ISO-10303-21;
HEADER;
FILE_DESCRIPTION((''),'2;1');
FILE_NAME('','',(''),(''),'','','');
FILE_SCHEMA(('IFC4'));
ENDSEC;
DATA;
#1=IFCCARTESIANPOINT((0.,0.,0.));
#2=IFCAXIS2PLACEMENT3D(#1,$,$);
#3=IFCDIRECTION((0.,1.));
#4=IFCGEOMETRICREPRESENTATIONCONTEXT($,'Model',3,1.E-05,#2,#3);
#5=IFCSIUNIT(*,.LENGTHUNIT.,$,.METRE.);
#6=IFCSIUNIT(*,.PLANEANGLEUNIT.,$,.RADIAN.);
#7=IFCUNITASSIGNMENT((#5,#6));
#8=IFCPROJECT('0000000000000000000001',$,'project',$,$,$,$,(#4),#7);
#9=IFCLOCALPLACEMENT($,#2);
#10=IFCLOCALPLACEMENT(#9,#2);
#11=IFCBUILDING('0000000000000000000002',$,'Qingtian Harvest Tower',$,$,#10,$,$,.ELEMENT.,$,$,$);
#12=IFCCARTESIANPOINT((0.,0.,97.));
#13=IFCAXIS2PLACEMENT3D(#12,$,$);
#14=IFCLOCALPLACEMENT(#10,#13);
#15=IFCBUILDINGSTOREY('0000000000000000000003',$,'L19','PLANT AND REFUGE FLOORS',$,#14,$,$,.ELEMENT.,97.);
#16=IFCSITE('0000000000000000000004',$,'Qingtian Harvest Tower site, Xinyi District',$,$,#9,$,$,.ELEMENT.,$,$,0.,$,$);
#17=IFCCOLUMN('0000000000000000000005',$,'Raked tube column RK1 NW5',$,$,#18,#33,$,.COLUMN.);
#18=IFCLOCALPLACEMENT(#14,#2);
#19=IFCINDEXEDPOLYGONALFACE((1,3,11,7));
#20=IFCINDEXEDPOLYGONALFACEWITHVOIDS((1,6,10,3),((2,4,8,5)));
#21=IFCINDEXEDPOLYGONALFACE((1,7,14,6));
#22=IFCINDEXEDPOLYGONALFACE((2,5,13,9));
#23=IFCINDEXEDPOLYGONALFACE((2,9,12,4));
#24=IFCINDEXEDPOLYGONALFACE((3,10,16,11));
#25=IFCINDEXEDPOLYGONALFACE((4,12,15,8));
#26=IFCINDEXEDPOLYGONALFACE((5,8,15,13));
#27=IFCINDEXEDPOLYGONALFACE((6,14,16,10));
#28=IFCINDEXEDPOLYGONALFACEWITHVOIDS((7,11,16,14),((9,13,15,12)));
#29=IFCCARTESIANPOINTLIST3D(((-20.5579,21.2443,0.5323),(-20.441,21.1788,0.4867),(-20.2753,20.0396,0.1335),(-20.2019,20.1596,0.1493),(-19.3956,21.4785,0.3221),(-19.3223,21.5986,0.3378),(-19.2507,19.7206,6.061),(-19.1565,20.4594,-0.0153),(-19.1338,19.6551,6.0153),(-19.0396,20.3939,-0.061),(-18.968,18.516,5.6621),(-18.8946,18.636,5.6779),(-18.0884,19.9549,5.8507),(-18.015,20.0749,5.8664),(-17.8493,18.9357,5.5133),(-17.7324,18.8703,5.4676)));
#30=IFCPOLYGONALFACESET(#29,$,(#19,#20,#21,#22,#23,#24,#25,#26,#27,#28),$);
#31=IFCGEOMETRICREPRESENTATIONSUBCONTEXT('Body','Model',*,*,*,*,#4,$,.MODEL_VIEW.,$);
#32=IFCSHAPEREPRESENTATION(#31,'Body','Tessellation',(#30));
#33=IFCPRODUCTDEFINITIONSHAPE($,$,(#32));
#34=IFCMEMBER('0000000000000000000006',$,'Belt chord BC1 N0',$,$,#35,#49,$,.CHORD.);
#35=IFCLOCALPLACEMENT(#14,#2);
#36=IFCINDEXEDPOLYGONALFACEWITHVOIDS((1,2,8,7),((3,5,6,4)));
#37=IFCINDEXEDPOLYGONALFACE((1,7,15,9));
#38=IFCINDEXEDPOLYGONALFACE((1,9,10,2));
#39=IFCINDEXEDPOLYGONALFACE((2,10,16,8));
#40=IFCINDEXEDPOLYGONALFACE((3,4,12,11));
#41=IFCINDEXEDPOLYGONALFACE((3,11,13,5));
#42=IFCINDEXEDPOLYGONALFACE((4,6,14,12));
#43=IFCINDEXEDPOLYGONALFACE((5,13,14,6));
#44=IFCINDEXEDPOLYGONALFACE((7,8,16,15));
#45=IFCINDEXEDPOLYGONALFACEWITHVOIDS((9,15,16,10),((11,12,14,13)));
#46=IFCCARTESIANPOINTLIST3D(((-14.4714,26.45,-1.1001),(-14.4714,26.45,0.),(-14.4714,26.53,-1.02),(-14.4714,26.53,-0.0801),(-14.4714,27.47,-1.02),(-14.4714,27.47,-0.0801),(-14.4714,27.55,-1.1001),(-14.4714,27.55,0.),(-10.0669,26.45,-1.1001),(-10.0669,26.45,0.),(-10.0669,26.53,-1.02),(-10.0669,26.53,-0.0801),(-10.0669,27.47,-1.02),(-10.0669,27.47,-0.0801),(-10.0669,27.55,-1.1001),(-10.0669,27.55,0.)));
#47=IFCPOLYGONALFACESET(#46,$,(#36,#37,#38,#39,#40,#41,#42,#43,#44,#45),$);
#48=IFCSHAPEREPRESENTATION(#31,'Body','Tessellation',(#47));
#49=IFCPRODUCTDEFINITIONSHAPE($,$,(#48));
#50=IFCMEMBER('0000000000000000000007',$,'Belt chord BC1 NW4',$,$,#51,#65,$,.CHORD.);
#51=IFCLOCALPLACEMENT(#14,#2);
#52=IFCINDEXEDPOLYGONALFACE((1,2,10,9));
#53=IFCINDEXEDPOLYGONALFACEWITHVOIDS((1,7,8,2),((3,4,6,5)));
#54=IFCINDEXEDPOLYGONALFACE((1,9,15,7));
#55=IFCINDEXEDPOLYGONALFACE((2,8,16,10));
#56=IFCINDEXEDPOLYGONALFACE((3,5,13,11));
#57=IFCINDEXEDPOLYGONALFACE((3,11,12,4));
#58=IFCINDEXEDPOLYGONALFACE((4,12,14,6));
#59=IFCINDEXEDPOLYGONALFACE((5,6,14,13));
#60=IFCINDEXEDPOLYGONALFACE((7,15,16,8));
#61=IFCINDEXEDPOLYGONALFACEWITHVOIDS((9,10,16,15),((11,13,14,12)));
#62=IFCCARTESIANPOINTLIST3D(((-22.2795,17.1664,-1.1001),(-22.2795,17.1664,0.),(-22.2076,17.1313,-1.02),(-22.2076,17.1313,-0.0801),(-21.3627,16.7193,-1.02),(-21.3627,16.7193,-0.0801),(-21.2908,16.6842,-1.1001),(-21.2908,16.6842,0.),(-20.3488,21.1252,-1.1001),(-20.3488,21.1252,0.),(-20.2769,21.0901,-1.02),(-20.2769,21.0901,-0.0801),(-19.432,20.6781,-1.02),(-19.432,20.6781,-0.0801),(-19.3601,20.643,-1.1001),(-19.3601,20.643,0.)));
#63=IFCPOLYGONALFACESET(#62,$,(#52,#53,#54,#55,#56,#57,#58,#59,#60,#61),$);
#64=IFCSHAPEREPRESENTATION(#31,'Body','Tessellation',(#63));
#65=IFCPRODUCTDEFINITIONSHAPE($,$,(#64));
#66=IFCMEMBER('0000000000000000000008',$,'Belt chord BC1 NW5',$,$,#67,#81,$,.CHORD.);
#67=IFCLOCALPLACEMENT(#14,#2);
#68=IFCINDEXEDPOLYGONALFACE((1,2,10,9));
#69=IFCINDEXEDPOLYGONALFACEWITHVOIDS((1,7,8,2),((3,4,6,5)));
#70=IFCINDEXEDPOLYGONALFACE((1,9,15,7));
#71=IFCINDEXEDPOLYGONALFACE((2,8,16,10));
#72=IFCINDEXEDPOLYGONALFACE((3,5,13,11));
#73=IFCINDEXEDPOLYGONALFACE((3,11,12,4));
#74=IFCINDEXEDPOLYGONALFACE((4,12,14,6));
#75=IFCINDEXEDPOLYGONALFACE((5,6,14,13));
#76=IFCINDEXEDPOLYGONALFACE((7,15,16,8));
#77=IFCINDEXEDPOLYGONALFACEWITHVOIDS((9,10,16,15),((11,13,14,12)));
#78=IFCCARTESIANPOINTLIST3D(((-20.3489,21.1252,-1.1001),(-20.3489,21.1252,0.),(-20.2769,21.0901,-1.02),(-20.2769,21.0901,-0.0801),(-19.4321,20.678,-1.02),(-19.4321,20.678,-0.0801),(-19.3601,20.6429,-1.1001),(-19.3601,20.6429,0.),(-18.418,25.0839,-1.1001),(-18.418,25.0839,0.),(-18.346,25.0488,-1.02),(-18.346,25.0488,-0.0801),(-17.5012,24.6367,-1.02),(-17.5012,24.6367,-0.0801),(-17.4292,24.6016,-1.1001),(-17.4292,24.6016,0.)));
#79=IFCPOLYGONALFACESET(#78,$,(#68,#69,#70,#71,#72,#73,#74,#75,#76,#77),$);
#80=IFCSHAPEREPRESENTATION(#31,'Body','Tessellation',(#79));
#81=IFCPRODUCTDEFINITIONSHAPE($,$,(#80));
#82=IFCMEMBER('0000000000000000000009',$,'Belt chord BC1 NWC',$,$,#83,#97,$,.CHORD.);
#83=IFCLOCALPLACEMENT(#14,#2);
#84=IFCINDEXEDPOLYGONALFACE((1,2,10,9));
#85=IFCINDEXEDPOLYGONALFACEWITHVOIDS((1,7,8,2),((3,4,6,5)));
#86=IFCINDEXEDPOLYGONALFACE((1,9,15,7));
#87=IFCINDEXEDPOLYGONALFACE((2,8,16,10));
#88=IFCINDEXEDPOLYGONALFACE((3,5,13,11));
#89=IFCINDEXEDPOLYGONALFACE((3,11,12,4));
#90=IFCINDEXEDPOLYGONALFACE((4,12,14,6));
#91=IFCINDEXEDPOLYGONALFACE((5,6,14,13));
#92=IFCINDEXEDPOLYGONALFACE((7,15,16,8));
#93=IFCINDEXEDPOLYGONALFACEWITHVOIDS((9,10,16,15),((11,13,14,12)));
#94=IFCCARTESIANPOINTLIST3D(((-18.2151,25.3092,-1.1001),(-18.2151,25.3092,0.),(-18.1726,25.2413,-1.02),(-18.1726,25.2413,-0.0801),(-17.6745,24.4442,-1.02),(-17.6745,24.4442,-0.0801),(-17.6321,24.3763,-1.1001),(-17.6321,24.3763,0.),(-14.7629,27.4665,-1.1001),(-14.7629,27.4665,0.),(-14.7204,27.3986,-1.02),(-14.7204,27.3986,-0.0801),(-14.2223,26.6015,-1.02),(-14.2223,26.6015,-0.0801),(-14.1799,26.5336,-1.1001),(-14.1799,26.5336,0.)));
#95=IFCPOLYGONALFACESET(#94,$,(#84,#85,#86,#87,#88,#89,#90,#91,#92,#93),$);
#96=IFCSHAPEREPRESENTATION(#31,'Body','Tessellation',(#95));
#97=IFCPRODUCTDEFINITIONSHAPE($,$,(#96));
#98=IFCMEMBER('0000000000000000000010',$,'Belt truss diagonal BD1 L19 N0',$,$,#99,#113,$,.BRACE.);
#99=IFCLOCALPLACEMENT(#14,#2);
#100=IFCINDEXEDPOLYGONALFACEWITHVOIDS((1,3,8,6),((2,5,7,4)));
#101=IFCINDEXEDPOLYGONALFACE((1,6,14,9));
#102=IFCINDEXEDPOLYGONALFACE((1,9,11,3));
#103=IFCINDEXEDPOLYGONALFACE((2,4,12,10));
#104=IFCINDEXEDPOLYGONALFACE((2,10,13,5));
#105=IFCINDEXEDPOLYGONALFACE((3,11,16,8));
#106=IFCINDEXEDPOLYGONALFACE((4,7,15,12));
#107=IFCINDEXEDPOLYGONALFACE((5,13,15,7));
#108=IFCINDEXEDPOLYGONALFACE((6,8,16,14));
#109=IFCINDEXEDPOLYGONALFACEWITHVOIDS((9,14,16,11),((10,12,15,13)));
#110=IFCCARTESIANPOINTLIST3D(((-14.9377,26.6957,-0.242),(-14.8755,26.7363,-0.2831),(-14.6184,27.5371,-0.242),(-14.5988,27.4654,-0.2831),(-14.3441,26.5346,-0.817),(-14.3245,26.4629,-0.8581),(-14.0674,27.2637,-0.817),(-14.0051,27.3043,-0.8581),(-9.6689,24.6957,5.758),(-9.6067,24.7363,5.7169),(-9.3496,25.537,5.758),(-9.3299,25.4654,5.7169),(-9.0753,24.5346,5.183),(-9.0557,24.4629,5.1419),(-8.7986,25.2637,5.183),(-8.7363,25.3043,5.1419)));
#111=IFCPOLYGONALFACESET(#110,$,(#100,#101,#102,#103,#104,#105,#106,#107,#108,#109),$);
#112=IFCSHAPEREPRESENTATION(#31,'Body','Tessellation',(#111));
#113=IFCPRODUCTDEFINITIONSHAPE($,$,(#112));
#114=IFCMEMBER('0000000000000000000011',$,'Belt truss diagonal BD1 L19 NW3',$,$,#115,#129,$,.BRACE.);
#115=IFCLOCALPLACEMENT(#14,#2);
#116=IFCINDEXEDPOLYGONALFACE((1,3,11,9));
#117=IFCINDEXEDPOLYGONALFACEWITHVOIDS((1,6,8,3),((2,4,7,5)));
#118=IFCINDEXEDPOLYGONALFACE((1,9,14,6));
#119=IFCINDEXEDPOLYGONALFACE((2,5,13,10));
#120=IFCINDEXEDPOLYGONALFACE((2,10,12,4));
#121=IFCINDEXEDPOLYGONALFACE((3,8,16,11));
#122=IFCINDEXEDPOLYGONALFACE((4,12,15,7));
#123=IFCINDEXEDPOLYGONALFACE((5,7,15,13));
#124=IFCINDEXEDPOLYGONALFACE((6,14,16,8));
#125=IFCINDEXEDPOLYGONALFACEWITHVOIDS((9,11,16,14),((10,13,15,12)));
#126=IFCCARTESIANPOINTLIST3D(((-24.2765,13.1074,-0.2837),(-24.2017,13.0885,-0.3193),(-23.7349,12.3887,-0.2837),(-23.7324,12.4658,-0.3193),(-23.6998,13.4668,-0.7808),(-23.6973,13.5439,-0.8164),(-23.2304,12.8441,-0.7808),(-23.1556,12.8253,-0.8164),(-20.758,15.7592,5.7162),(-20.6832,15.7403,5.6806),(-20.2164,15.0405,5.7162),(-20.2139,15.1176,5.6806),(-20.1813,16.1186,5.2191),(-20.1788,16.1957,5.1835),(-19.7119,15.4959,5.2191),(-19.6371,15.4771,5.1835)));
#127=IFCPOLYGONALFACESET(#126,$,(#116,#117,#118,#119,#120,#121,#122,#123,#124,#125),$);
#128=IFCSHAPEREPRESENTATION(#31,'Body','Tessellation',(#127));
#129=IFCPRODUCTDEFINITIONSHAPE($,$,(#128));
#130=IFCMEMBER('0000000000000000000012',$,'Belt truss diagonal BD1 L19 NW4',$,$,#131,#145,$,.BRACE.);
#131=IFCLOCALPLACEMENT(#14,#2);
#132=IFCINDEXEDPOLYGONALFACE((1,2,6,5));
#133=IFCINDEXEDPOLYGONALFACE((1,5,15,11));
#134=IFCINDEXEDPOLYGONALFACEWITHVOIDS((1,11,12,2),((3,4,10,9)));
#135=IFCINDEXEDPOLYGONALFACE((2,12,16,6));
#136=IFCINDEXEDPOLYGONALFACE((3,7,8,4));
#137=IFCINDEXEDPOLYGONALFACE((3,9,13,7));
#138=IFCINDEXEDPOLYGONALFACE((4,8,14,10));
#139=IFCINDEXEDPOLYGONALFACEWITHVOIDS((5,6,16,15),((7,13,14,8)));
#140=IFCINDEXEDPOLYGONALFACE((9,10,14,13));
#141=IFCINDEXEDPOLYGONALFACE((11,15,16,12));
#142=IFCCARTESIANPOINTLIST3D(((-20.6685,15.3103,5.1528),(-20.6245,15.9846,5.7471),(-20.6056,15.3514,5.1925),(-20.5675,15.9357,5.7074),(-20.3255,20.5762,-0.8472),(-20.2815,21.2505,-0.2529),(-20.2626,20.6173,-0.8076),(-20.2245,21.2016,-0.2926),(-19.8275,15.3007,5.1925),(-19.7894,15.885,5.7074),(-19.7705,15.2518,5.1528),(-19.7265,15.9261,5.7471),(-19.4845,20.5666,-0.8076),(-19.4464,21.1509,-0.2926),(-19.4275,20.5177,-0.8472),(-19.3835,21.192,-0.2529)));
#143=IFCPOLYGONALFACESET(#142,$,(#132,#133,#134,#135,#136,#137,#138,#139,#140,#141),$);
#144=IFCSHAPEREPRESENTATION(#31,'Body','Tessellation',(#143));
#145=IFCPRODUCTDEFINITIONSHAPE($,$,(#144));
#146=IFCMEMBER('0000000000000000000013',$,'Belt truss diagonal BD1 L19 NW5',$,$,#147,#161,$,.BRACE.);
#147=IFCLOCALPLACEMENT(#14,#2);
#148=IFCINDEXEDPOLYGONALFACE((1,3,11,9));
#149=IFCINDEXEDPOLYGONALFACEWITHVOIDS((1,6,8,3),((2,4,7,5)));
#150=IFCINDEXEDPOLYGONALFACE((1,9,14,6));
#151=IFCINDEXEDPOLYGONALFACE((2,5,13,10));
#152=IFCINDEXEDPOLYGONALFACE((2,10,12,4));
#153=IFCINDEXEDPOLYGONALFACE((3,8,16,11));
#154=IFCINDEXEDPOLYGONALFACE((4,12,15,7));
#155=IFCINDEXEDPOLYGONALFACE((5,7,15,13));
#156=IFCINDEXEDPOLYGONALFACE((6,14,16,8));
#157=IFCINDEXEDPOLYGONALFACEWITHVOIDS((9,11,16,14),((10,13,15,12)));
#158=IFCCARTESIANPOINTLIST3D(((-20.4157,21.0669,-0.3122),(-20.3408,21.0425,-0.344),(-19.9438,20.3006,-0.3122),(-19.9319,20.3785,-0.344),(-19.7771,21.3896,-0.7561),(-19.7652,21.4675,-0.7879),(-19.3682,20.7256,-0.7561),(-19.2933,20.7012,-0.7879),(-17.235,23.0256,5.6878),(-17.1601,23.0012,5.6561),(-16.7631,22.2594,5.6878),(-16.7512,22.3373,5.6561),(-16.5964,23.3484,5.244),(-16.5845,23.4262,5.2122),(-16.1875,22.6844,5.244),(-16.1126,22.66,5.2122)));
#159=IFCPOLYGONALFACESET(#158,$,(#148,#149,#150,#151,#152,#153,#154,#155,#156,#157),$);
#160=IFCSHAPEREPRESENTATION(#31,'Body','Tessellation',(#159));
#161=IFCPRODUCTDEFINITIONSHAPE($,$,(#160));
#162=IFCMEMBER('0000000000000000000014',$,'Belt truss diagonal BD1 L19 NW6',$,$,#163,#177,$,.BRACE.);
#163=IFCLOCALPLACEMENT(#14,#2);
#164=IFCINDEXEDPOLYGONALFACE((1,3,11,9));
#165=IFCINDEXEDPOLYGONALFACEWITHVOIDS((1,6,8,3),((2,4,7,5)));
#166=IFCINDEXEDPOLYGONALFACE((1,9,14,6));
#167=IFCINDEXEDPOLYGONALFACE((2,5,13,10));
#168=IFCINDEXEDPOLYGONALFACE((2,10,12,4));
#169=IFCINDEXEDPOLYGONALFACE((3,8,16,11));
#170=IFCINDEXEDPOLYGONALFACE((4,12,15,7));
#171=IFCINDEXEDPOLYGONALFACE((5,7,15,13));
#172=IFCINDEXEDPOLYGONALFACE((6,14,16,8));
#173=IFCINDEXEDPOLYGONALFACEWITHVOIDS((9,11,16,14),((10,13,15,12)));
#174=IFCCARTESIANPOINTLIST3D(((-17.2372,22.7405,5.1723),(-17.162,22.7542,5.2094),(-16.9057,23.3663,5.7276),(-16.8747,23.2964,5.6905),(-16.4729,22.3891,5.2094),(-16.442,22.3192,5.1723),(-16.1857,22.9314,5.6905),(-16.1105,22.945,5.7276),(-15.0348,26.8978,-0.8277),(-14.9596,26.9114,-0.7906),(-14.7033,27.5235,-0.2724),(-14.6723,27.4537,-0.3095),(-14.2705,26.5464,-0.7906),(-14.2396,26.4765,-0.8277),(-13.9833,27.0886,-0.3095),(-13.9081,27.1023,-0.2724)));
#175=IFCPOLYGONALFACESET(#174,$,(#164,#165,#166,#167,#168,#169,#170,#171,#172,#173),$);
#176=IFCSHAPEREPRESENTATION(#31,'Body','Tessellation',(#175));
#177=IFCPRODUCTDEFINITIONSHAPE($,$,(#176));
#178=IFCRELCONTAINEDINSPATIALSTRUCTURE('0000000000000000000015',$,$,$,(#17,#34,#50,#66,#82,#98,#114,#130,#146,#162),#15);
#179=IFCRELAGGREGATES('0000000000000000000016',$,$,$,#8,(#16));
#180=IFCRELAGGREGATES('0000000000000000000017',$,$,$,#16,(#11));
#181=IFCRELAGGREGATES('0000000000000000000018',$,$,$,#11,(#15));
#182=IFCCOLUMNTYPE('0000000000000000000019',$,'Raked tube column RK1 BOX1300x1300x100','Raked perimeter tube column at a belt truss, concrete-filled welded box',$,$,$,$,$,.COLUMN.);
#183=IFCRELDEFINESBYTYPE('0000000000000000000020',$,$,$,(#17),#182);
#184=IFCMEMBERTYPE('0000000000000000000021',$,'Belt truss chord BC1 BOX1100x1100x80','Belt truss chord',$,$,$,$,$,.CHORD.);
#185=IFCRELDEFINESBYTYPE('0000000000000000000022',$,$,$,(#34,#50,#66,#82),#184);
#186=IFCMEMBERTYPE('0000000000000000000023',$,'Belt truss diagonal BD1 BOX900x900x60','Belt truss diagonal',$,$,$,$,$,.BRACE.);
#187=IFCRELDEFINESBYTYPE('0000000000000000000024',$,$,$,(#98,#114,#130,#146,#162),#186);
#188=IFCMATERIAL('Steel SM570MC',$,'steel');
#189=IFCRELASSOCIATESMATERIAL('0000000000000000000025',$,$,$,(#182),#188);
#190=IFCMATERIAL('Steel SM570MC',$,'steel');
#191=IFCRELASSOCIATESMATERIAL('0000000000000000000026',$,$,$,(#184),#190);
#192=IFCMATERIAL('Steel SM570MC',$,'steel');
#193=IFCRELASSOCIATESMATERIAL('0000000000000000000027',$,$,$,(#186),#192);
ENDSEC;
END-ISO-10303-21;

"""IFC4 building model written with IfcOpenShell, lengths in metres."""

from ifc_helpers import new_model, si_unit, direction, frame, origin, origin_2d, place, context, subcontext, project, spatial, hollow_rectangle, extrude, clip, halfspace, material, material_profile, profile_set, type_object, element, save


model = new_model("IFC4")

# Units and contexts
model_context = context("Model", 3, precision=1e-05, world=origin(), true_north=direction((0.0, 1.0)))
body_context = subcontext(model_context, "Body", "Model", "MODEL_VIEW")
ifc_project = project(units=[si_unit("LENGTHUNIT", "METRE"), si_unit("PLANEANGLEUNIT", "RADIAN")], contexts=[model_context])

# Site, building, storey
site_placement = place(None, origin())
site = spatial("IfcSite", under=ifc_project, at=site_placement, Name="Qingtian Harvest Tower site, Xinyi District", CompositionType="ELEMENT", RefElevation=0.0)
building_placement = place(site_placement, origin())
building = spatial("IfcBuilding", under=site, at=building_placement, Name="Qingtian Harvest Tower", CompositionType="ELEMENT")
storey_placement = place(building_placement, frame((0.0, 0.0, 97.0)))
storey = spatial("IfcBuildingStorey", under=building, at=storey_placement, Name="L19", Description="PLANT AND REFUGE FLOORS", CompositionType="ELEMENT", Elevation=97.0)

# Column
ifc_material_1 = material(Name="Steel SM570MC", Category="steel")
ifc_material_profile_1 = material_profile(ifc_material_1, hollow_rectangle(XDim=1.3, YDim=1.3, WallThickness=0.1001, at=origin_2d()), Name="BOX1300x1300x100")
ifc_profile_set_1 = profile_set([ifc_material_profile_1], Name="Steel SM570MC")
column_type = type_object("IfcColumnType", Name="Raked tube column RK1 BOX1300x1300x100", Description="Raked perimeter tube column at a belt truss, concrete-filled welded box", PredefinedType="COLUMN", material=ifc_profile_set_1)
column_1_placement = place(storey_placement, frame((-19.8545, 20.884, 0.0), z_axis=(0.222251, -0.259044, 0.939947), x_axis=(0.217404, -0.92662, -0.306776)))
element("IfcColumn", 1, at=column_1_placement, inside=storey, type_object=column_type, Name="Raked tube column RK1 NW5", PredefinedType="COLUMN", context=body_context, shape_type="Clipping", body=[
    clip(clip(extrude(hollow_rectangle(XDim=1.3, YDim=1.3, WallThickness=0.1001, at=origin_2d()), origin(), (0.0, 0.0, 1.0), 6.3833), halfspace(frame((0.0, 0.0, 0.2507), z_axis=(0.0, 0.0, -1.0), x_axis=(0.0, -1.0, 0.0)), False)), halfspace(frame((0.0, 0.0, 6.1326), z_axis=(0.0, 0.0, 1.0), x_axis=(0.0, 1.0, 0.0)), False)),
])

# Members
ifc_material_2 = material(Name="Steel SM570MC", Category="steel")
ifc_material_profile_2 = material_profile(ifc_material_2, hollow_rectangle(XDim=1.1001, YDim=1.1001, WallThickness=0.0801, at=origin_2d()), Name="BOX1100x1100x80")
ifc_profile_set_2 = profile_set([ifc_material_profile_2], Name="Steel SM570MC")
member_type_1 = type_object("IfcMemberType", Name="Belt truss chord BC1 BOX1100x1100x80", Description="Belt truss chord", PredefinedType="CHORD", material=ifc_profile_set_2)
for number, where, z_axis, x_axis, name in (
    (2, (-14.4714, 27.0, -0.55), (1.0, 0.0, 0.0), (0.0, 1.0, 0.0), "Belt chord BC1 N0"),
    (3, (-21.7852, 16.9253, -0.55), (0.438345, 0.898807, 0.0), (-0.898807, 0.438345, 0.0), "Belt chord BC1 NW4"),
    (4, (-19.8545, 20.884, -0.55), (0.43839, 0.898785, 0.0), (-0.898785, 0.43839, 0.0), "Belt chord BC1 NW5"),
):
    element("IfcMember", number, at=place(storey_placement, frame(where, z_axis=z_axis, x_axis=x_axis)), inside=storey, type_object=member_type_1, Name=name, PredefinedType="CHORD", context=body_context, shape_type="SweptSolid", body=[
        extrude(hollow_rectangle(XDim=1.1001, YDim=1.1001, WallThickness=0.0801, at=origin_2d()), origin(), (0.0, 0.0, 1.0), 4.4045),
    ])
member_1_placement = place(storey_placement, frame((-17.9236, 24.8428, -0.55), z_axis=(0.848039, 0.529934, 0.0), x_axis=(-0.529934, 0.848039, 0.0)))
element("IfcMember", 5, at=member_1_placement, inside=storey, type_object=member_type_1, Name="Belt chord BC1 NWC", PredefinedType="CHORD", context=body_context, shape_type="SweptSolid", body=[
    extrude(hollow_rectangle(XDim=1.1001, YDim=1.1001, WallThickness=0.0801, at=origin_2d()), origin(), (0.0, 0.0, 1.0), 4.0708),
])
ifc_material_3 = material(Name="Steel SM570MC", Category="steel")
ifc_material_profile_3 = material_profile(ifc_material_3, hollow_rectangle(XDim=0.8999, YDim=0.8999, WallThickness=0.0601, at=origin_2d()), Name="BOX900x900x60")
ifc_profile_set_3 = profile_set([ifc_material_profile_3], Name="Steel SM570MC")
member_type_2 = type_object("IfcMemberType", Name="Belt truss diagonal BD1 BOX900x900x60", Description="Belt truss diagonal", PredefinedType="BRACE", material=ifc_profile_set_3)
member_2_placement = place(storey_placement, frame((-14.4714, 27.0, -0.55), z_axis=(0.640065, -0.242964, 0.728893), x_axis=(0.354885, 0.93491, 0.0)))
element("IfcMember", 6, at=member_2_placement, inside=storey, type_object=member_type_2, Name="Belt truss diagonal BD1 L19 N0", PredefinedType="BRACE", context=body_context, shape_type="SweptSolid", body=[
    extrude(hollow_rectangle(XDim=0.8999, YDim=0.8999, WallThickness=0.0601, at=origin_2d()), origin(), (0.0, 0.0, 1.0), 8.2317),
])
member_3_placement = place(storey_placement, frame((-23.7161, 12.9663, -0.55), z_axis=(0.472672, 0.356242, 0.806022), x_axis=(-0.601878, 0.798588, 0.0)))
element("IfcMember", 7, at=member_3_placement, inside=storey, type_object=member_type_2, Name="Belt truss diagonal BD1 L19 NW3", PredefinedType="BRACE", context=body_context, shape_type="SweptSolid", body=[
    extrude(hollow_rectangle(XDim=0.8999, YDim=0.8999, WallThickness=0.0601, at=origin_2d()), origin(), (0.0, 0.0, 1.0), 7.4438),
])
member_4_placement = place(storey_placement, frame((-20.1975, 15.6182, 5.45), z_axis=(0.042929, 0.659022, -0.750898), x_axis=(-0.997885, 0.065002, 0.0)))
element("IfcMember", 8, at=member_4_placement, inside=storey, type_object=member_type_2, Name="Belt truss diagonal BD1 L19 NW4", PredefinedType="BRACE", context=body_context, shape_type="SweptSolid", body=[
    extrude(hollow_rectangle(XDim=0.8999, YDim=0.8999, WallThickness=0.0601, at=origin_2d()), origin(), (0.0, 0.0, 1.0), 7.9905),
])
member_5_placement = place(storey_placement, frame((-19.8545, 20.884, -0.55), z_axis=(0.450024, 0.277137, 0.848925), x_axis=(-0.524371, 0.85149, 0.0)))
element("IfcMember", 9, at=member_5_placement, inside=storey, type_object=member_type_2, Name="Belt truss diagonal BD1 L19 NW5", PredefinedType="BRACE", context=body_context, shape_type="SweptSolid", body=[
    extrude(hollow_rectangle(XDim=0.8999, YDim=0.8999, WallThickness=0.0601, at=origin_2d()), origin(), (0.0, 0.0, 1.0), 7.0679),
])
member_6_placement = place(storey_placement, frame((-16.6738, 22.8428, 5.45), z_axis=(0.288857, 0.545245, -0.786936), x_axis=(-0.883655, 0.468138, 0.0)))
element("IfcMember", 10, at=member_6_placement, inside=storey, type_object=member_type_2, Name="Belt truss diagonal BD1 L19 NW6", PredefinedType="BRACE", context=body_context, shape_type="SweptSolid", body=[
    extrude(hollow_rectangle(XDim=0.8999, YDim=0.8999, WallThickness=0.0601, at=origin_2d()), origin(), (0.0, 0.0, 1.0), 7.6245),
])

save(model, "model.ifc")
